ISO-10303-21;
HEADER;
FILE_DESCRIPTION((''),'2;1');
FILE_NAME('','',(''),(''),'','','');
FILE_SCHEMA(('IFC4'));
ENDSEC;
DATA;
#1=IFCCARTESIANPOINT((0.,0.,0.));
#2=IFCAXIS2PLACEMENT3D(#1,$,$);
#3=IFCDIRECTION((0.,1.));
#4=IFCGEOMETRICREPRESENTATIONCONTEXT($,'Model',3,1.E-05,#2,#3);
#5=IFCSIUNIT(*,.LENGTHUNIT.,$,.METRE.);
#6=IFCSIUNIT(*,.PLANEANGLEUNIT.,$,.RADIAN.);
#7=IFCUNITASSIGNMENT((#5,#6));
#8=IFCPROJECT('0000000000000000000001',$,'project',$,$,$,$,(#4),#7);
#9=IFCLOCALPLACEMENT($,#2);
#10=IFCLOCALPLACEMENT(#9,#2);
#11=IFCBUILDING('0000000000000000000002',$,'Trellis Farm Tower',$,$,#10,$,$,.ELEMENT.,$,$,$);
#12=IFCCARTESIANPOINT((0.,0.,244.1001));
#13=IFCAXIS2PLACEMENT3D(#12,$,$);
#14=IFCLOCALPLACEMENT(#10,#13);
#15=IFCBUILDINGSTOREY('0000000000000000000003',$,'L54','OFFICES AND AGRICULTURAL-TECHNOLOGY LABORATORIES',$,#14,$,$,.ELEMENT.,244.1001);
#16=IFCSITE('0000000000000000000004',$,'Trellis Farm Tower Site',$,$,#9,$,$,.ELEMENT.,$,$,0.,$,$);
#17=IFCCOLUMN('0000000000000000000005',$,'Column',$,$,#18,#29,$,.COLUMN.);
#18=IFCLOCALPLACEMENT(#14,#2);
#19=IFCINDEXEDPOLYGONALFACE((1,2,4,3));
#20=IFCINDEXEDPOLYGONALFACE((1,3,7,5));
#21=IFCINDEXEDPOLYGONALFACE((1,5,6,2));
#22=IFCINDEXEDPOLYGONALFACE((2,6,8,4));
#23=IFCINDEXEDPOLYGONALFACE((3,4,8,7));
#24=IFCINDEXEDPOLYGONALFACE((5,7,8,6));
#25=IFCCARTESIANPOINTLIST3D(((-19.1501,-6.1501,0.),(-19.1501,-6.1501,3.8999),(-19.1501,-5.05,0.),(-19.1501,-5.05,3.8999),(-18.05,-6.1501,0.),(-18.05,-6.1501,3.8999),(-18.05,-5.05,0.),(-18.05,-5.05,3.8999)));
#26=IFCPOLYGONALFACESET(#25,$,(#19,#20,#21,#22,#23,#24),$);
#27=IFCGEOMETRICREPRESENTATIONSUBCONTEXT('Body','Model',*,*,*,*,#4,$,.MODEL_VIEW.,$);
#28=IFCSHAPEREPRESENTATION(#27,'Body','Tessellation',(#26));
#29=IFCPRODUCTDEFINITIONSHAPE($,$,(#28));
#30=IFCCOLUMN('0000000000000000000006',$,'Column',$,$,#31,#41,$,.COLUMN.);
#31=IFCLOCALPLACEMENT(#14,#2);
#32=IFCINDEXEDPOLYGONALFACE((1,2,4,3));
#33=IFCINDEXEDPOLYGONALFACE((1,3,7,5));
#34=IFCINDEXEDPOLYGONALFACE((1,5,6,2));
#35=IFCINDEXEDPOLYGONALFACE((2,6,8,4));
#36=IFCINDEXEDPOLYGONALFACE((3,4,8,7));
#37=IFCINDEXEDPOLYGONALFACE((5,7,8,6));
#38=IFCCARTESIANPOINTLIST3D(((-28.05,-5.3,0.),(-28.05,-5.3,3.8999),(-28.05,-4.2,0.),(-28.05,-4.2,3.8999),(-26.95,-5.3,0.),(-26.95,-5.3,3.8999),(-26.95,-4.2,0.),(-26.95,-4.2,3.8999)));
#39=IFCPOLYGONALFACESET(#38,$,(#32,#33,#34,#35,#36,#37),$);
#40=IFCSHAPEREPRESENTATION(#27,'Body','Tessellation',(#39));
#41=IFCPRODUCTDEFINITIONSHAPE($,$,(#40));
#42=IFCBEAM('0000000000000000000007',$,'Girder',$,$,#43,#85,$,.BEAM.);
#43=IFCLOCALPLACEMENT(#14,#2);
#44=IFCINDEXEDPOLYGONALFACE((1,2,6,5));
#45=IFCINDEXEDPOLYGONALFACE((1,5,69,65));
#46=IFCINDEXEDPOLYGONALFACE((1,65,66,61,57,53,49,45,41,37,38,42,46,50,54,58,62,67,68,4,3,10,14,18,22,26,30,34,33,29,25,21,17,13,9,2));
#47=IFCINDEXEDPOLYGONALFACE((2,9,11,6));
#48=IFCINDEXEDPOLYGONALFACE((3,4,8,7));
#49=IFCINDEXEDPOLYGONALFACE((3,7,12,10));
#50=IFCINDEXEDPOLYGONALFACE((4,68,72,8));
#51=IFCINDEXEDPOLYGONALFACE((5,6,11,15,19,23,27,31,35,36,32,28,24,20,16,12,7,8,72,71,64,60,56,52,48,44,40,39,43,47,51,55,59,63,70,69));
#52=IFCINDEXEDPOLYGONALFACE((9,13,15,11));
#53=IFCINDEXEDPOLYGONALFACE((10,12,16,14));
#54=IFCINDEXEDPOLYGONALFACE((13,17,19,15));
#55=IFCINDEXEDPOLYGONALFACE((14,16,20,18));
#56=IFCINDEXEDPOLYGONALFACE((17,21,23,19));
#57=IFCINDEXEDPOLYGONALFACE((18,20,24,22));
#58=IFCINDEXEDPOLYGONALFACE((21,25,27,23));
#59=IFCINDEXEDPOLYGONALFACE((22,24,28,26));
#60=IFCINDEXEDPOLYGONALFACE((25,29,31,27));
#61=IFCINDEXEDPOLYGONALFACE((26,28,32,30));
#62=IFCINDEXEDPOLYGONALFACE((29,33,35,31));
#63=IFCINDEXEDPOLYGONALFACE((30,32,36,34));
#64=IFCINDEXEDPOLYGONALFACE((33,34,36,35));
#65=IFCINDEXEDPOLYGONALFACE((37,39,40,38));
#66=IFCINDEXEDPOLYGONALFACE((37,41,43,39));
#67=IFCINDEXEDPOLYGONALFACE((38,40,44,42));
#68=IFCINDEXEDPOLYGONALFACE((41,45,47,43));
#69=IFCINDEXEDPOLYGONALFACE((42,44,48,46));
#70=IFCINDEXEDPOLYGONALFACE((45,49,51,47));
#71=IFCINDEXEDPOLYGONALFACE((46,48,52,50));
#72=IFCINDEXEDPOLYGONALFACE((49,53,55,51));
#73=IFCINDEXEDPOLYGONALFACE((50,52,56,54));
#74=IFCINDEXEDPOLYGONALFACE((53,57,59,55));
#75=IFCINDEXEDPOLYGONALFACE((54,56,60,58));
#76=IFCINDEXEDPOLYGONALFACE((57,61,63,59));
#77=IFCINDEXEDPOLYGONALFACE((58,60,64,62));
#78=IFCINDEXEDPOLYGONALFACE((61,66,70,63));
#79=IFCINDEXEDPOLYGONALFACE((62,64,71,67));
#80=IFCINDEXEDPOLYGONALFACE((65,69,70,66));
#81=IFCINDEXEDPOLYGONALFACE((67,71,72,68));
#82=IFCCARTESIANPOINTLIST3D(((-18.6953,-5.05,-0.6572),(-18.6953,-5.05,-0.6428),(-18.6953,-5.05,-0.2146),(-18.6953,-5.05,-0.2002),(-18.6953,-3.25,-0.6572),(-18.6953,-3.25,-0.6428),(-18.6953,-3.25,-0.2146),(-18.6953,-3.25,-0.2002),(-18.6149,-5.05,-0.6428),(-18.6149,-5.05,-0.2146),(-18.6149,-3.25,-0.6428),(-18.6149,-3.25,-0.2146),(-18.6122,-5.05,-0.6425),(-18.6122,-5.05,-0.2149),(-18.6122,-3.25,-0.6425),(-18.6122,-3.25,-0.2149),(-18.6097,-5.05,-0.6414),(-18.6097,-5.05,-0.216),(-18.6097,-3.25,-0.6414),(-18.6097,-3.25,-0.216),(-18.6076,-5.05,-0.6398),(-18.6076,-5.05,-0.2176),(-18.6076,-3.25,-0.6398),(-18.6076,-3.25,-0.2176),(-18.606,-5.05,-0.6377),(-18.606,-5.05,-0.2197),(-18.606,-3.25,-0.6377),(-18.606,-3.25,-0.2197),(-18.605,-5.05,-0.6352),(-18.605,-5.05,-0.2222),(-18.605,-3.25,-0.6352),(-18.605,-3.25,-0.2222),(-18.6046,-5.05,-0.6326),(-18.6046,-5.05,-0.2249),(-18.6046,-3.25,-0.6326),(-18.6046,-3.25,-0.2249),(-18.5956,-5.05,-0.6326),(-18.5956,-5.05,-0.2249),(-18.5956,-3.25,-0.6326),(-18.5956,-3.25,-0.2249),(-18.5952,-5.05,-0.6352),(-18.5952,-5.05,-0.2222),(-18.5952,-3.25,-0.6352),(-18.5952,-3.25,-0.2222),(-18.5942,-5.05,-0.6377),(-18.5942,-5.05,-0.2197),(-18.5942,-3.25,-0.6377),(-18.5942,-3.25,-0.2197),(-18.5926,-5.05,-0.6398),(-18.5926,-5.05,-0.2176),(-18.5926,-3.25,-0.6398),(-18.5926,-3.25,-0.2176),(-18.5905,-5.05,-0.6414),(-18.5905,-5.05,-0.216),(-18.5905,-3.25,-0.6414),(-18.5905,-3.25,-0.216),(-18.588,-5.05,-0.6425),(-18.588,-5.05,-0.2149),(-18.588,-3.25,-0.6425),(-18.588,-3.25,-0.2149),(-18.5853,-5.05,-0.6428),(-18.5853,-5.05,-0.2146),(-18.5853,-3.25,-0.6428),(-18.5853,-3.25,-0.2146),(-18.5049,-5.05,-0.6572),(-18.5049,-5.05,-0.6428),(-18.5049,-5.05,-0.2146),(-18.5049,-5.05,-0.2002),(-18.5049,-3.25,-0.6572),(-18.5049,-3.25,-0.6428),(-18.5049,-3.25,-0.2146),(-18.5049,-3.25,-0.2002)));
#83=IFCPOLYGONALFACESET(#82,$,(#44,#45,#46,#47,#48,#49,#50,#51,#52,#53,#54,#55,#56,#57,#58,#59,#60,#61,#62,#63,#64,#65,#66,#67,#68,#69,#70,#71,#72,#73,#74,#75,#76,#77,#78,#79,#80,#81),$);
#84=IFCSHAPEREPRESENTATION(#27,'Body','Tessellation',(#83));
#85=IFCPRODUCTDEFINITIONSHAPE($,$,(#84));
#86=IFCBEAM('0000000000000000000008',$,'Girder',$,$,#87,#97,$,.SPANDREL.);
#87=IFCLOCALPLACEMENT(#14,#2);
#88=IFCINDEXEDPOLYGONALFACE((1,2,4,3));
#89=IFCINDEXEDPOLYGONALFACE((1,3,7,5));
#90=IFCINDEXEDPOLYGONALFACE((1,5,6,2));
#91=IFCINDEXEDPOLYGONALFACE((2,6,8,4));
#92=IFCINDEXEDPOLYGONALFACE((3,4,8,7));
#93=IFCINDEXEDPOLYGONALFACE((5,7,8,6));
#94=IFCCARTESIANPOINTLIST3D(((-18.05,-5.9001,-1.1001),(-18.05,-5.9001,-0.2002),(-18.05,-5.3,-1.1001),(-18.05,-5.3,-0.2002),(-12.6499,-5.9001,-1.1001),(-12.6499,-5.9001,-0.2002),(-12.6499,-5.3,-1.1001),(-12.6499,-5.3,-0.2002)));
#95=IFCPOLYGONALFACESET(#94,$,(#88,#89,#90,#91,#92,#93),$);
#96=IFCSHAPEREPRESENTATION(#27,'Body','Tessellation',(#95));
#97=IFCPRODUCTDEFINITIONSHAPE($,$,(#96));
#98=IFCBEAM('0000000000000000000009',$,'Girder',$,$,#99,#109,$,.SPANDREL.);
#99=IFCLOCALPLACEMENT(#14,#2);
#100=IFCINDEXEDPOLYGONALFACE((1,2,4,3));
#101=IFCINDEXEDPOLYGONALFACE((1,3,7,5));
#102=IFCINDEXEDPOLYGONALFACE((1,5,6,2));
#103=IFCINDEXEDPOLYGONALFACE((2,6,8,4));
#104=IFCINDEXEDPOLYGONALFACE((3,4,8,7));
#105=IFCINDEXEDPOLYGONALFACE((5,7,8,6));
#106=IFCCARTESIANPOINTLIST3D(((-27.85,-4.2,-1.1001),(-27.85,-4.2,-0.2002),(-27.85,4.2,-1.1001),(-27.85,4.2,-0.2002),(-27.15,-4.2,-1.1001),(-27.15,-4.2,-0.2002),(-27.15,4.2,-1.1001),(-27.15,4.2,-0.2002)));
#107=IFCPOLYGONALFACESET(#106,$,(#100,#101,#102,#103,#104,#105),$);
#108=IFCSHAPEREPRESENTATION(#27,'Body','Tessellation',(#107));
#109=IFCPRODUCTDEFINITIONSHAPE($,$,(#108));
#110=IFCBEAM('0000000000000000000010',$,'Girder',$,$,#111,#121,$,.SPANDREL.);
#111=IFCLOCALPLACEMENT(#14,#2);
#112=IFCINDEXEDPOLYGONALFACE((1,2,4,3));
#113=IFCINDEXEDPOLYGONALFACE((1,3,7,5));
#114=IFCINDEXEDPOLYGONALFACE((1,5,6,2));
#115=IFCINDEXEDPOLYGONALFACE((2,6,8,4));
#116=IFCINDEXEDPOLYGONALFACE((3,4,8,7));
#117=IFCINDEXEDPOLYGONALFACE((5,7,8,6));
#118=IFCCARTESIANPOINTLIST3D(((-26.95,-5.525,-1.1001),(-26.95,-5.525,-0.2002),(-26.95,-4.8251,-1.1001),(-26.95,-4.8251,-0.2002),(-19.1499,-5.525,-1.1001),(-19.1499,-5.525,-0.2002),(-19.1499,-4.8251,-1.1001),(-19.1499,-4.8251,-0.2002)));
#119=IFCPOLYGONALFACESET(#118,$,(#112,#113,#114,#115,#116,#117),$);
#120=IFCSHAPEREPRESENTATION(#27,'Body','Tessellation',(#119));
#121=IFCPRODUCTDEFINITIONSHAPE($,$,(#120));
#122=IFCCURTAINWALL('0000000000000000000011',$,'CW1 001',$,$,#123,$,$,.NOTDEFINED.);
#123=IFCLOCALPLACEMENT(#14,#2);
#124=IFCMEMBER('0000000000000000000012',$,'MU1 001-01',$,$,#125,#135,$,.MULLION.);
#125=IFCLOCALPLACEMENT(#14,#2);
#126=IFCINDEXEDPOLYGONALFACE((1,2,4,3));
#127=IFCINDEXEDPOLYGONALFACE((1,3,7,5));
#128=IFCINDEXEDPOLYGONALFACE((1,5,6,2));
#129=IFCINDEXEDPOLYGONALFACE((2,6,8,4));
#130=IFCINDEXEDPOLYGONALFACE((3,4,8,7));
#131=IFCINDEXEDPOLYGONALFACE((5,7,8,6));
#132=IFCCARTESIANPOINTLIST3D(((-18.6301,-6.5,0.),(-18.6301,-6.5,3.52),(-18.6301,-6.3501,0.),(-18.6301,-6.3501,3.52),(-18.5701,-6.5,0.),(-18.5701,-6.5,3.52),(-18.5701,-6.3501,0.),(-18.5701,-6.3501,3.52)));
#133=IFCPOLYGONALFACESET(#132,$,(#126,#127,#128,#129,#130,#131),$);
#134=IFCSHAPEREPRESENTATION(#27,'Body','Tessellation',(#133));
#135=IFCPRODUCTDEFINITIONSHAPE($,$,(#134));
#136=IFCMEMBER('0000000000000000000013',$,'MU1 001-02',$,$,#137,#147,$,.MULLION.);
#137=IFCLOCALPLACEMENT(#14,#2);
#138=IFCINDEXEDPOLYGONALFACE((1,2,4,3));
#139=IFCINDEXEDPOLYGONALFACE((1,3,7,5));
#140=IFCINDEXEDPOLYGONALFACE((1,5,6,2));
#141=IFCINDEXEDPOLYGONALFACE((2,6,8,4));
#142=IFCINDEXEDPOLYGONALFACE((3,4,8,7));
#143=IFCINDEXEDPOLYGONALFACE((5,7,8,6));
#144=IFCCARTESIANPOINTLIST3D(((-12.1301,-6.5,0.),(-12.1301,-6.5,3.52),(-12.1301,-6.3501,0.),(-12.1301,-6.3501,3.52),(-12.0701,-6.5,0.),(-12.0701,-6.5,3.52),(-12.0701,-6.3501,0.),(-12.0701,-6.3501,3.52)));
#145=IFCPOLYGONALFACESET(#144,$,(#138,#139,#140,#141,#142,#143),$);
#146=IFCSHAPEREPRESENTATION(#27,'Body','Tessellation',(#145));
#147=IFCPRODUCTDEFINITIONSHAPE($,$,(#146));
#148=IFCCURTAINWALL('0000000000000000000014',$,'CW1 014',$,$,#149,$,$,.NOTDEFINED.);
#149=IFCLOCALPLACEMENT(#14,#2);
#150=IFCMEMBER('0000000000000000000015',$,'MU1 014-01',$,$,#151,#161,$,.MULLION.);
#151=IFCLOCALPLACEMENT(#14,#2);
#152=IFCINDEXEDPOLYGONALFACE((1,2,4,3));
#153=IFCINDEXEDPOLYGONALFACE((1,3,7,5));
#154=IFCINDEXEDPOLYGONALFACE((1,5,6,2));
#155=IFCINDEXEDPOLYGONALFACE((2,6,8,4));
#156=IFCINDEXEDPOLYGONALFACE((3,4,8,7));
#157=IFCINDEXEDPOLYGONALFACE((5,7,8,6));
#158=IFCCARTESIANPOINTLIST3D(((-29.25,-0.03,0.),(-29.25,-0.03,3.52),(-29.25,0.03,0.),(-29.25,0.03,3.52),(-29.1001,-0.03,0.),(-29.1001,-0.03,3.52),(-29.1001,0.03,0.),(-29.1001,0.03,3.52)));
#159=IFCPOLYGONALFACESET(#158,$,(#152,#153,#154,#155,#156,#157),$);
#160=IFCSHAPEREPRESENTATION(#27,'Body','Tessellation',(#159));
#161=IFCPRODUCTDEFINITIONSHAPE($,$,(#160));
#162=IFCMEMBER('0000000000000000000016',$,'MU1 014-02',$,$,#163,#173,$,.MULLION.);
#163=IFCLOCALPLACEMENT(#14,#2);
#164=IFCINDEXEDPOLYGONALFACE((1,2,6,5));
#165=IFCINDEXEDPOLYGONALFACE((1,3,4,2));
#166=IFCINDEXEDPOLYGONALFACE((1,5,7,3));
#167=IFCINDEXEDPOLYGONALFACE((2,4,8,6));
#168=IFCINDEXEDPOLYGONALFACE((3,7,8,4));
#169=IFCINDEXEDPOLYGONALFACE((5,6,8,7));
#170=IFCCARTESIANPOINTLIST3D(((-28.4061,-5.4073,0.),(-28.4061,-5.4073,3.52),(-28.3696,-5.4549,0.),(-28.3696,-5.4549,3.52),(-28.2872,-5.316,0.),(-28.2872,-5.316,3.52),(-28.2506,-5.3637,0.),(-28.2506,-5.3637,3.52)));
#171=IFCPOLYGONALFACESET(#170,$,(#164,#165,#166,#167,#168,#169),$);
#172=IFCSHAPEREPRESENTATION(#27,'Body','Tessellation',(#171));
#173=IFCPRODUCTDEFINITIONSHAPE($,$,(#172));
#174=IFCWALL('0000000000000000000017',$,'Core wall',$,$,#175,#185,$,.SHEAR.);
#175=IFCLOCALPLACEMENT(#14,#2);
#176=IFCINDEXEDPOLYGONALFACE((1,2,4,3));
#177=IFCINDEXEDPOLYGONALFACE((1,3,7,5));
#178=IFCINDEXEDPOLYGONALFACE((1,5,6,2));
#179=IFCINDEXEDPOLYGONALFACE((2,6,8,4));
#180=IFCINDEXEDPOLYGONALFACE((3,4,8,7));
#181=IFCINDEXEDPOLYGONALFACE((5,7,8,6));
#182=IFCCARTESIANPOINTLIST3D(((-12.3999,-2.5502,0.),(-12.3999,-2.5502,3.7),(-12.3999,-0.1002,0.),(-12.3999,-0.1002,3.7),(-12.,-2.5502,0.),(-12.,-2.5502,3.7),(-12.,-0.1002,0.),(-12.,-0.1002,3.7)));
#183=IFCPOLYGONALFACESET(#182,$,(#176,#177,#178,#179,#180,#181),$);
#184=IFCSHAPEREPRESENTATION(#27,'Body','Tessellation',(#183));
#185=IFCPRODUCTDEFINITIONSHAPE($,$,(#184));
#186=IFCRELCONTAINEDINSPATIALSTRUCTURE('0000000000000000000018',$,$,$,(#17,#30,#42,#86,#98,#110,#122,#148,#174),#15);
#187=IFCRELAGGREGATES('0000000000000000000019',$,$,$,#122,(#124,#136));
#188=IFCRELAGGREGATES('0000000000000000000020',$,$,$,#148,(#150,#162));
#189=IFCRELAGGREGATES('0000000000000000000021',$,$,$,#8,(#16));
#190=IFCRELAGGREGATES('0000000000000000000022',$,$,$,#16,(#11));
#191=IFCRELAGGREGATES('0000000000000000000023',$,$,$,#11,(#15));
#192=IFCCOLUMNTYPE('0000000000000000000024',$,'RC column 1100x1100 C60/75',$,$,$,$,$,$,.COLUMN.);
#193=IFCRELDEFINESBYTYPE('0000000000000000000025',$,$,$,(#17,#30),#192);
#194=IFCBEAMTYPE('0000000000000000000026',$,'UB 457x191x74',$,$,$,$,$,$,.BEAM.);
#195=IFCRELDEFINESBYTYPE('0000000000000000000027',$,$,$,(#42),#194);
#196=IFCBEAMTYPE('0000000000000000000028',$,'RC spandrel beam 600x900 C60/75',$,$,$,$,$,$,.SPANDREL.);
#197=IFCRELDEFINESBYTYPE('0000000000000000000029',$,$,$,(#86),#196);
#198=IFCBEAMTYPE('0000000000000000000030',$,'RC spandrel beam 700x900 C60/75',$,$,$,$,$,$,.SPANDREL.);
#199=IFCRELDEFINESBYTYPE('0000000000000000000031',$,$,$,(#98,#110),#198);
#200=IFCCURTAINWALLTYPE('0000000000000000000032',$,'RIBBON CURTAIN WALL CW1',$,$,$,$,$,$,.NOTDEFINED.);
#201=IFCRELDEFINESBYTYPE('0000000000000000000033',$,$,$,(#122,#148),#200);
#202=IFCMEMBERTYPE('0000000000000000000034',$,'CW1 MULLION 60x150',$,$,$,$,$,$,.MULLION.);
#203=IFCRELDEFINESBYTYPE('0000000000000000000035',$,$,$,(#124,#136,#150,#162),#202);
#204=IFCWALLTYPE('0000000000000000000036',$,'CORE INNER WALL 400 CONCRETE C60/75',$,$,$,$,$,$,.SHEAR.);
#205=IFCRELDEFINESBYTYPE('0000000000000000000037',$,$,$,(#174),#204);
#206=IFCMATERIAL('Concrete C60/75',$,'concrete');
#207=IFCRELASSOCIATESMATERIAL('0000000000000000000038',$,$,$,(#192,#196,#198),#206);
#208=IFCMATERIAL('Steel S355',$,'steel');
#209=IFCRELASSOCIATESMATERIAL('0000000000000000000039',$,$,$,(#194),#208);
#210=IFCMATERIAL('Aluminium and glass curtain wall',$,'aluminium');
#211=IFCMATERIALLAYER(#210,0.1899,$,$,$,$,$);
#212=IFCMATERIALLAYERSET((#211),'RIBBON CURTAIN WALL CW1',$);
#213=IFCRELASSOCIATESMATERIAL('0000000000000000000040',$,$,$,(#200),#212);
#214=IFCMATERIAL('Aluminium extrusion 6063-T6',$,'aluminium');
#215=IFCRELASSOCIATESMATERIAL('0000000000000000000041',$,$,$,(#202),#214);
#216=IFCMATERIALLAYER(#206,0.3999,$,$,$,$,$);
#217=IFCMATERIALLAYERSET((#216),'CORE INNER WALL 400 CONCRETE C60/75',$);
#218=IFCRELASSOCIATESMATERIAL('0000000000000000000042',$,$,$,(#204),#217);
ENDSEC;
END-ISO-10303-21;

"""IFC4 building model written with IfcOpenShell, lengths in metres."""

from ifc_helpers import new_model, si_unit, direction, frame, frame_2d, origin, origin_2d, place, context, subcontext, project, spatial, rectangle, i_section, extrude, source, transform, mapped, material, layer, layer_set, material_profile, profile_set, type_object, element, aggregate, save


model = new_model("IFC4")

# Units and contexts
model_context = context("Model", 3, precision=1e-05, world=origin(), true_north=direction((0.0, 1.0)))
body_context = subcontext(model_context, "Body", "Model", "MODEL_VIEW")
ifc_project = project(units=[si_unit("LENGTHUNIT", "METRE"), si_unit("PLANEANGLEUNIT", "RADIAN")], contexts=[model_context])

# Site, building, storey
site_placement = place(None, origin())
site = spatial("IfcSite", under=ifc_project, at=site_placement, Name="Trellis Farm Tower Site", CompositionType="ELEMENT", RefElevation=0.0)
building_placement = place(site_placement, origin())
building = spatial("IfcBuilding", under=site, at=building_placement, Name="Trellis Farm Tower", CompositionType="ELEMENT")
storey_placement = place(building_placement, frame((0.0, 0.0, 244.1001)))
storey = spatial("IfcBuildingStorey", under=building, at=storey_placement, Name="L54", Description="OFFICES AND AGRICULTURAL-TECHNOLOGY LABORATORIES", CompositionType="ELEMENT", Elevation=244.1001)

# Columns
ifc_material_1 = material(Name="Concrete C60/75", Category="concrete")
ifc_material_profile_1 = material_profile(ifc_material_1, rectangle(XDim=1.1001, YDim=1.1001, at=origin_2d()), Name="RC column 1100x1100 C60/75")
ifc_profile_set_1 = profile_set([ifc_material_profile_1], Name="Concrete C60/75")
column_type = type_object("IfcColumnType", Name="RC column 1100x1100 C60/75", PredefinedType="COLUMN", material=ifc_profile_set_1)
shared_shape_1 = source(origin(), body_context, "Body", "SweptSolid", [
    extrude(rectangle(XDim=1.1001, YDim=1.1001, at=origin_2d()), origin(), (0.0, 0.0, 1.0), 3.8999),
])
for number, where, z_axis, x_axis, name in (
    (1, (-18.6001, -5.6001, 0.0), (0.0, 0.0, 1.0), (1.0, 0.0, 0.0), "Column"),
    (2, (-27.5, -4.75, 0.0), (0.0, 0.0, 1.0), (1.0, 0.0, 0.0), "Column"),
):
    element("IfcColumn", number, at=place(storey_placement, frame(where, z_axis=z_axis, x_axis=x_axis)), inside=storey, type_object=column_type, Name=name, PredefinedType="COLUMN", context=body_context, shape_type="MappedRepresentation", body=[
        mapped(shared_shape_1, transform((0.0, 0.0, 0.0))),
    ])

# Beams
ifc_material_2 = material(Name="Steel S355", Category="steel")
ifc_material_profile_2 = material_profile(ifc_material_2, i_section(OverallWidth=0.1904, OverallDepth=0.457, WebThickness=0.009, FlangeThickness=0.0144, FilletRadius=0.0103, at=origin_2d()), Name="UB 457x191x74")
ifc_profile_set_2 = profile_set([ifc_material_profile_2], Name="Steel S355")
beam_type_1 = type_object("IfcBeamType", Name="UB 457x191x74", PredefinedType="BEAM", material=ifc_profile_set_2)
shared_shape_2 = source(origin(), body_context, "Body", "SweptSolid", [
    extrude(i_section(OverallWidth=0.1904, OverallDepth=0.457, WebThickness=0.009, FlangeThickness=0.0144, FilletRadius=0.0103, at=origin_2d()), origin(), (0.0, 0.0, 1.0), 1.8),
])
beam_1_placement = place(storey_placement, frame((-18.6001, -5.05, -0.4287), z_axis=(0.0, 1.0, 0.0), x_axis=(-1.0, 0.0, 0.0)))
element("IfcBeam", 3, at=beam_1_placement, inside=storey, type_object=beam_type_1, Name="Girder", PredefinedType="BEAM", context=body_context, shape_type="MappedRepresentation", body=[
    mapped(shared_shape_2, transform((0.0, 0.0, 0.0))),
])
ifc_material_profile_3 = material_profile(ifc_material_1, rectangle(XDim=0.6001, YDim=0.8999, at=origin_2d()), Name="RC spandrel beam 600x900 C60/75")
ifc_profile_set_3 = profile_set([ifc_material_profile_3], Name="Concrete C60/75")
beam_type_2 = type_object("IfcBeamType", Name="RC spandrel beam 600x900 C60/75", PredefinedType="SPANDREL", material=ifc_profile_set_3)
shared_shape_3 = source(origin(), body_context, "Body", "SweptSolid", [
    extrude(rectangle(XDim=0.6001, YDim=0.8999, at=origin_2d()), origin(), (0.0, 0.0, 1.0), 5.4001),
])
beam_2_placement = place(storey_placement, frame((-18.05, -5.6001, -0.6501), z_axis=(1.0, 0.0, 0.0), x_axis=(0.0, 1.0, 0.0)))
element("IfcBeam", 4, at=beam_2_placement, inside=storey, type_object=beam_type_2, Name="Girder", PredefinedType="SPANDREL", context=body_context, shape_type="MappedRepresentation", body=[
    mapped(shared_shape_3, transform((0.0, 0.0, 0.0))),
])
ifc_material_profile_4 = material_profile(ifc_material_1, rectangle(XDim=0.7, YDim=0.8999, at=origin_2d()), Name="RC spandrel beam 700x900 C60/75")
ifc_profile_set_4 = profile_set([ifc_material_profile_4], Name="Concrete C60/75")
beam_type_3 = type_object("IfcBeamType", Name="RC spandrel beam 700x900 C60/75", PredefinedType="SPANDREL", material=ifc_profile_set_4)
shared_shape_4 = source(origin(), body_context, "Body", "SweptSolid", [
    extrude(rectangle(XDim=0.7, YDim=0.8999, at=origin_2d()), origin(), (0.0, 0.0, 1.0), 8.3999),
])
beam_3_placement = place(storey_placement, frame((-27.5, -4.2, -0.6501), z_axis=(0.0, 1.0, 0.0), x_axis=(-1.0, 0.0, 0.0)))
element("IfcBeam", 5, at=beam_3_placement, inside=storey, type_object=beam_type_3, Name="Girder", PredefinedType="SPANDREL", context=body_context, shape_type="MappedRepresentation", body=[
    mapped(shared_shape_4, transform((0.0, 0.0, 0.0))),
])
shared_shape_5 = source(origin(), body_context, "Body", "SweptSolid", [
    extrude(rectangle(XDim=0.7, YDim=0.8999, at=origin_2d()), origin(), (0.0, 0.0, 1.0), 7.8),
])
beam_4_placement = place(storey_placement, frame((-26.95, -5.175, -0.6501), z_axis=(1.0, 0.0, 0.0), x_axis=(0.0, 1.0, 0.0)))
element("IfcBeam", 6, at=beam_4_placement, inside=storey, type_object=beam_type_3, Name="Girder", PredefinedType="SPANDREL", context=body_context, shape_type="MappedRepresentation", body=[
    mapped(shared_shape_5, transform((0.0, 0.0, 0.0))),
])

# Curtain walls, members
ifc_material_3 = material(Name="Aluminium and glass curtain wall", Category="aluminium")
ifc_layer_1 = layer(ifc_material_3, 0.1899)
ifc_layer_set_1 = layer_set([ifc_layer_1], Name="RIBBON CURTAIN WALL CW1")
curtain_wall_type = type_object("IfcCurtainWallType", Name="RIBBON CURTAIN WALL CW1", PredefinedType="NOTDEFINED", material=ifc_layer_set_1)
placement = place(storey_placement, origin())
curtain_wall_1 = element("IfcCurtainWall", 7, at=placement, inside=storey, type_object=curtain_wall_type, Name="CW1 001", PredefinedType="NOTDEFINED")
ifc_material_4 = material(Name="Aluminium extrusion 6063-T6", Category="aluminium")
ifc_material_profile_5 = material_profile(ifc_material_4, rectangle(XDim=0.0601, YDim=0.1499, at=origin_2d()), Name="MULLION 60x150")
ifc_profile_set_5 = profile_set([ifc_material_profile_5], Name="Aluminium extrusion 6063-T6")
member_type = type_object("IfcMemberType", Name="CW1 MULLION 60x150", PredefinedType="MULLION", material=ifc_profile_set_5)
shared_shape_6 = source(origin(), body_context, "Body", "SweptSolid", [
    extrude(rectangle(XDim=0.0601, YDim=0.1499, at=origin_2d()), origin(), (0.0, 0.0, 1.0), 3.52),
])
member_1_placement = place(storey_placement, frame((-18.6001, -6.425, 0.0), z_axis=(0.0, 0.0, 1.0), x_axis=(1.0, 0.0, 0.0)))
member_1 = element("IfcMember", 8, at=member_1_placement, type_object=member_type, Name="MU1 001-01", PredefinedType="MULLION", context=body_context, shape_type="MappedRepresentation", body=[
    mapped(shared_shape_6, transform((0.0, 0.0, 0.0))),
])
member_2_placement = place(storey_placement, frame((-12.1001, -6.425, 0.0), z_axis=(0.0, 0.0, 1.0), x_axis=(1.0, 0.0, 0.0)))
member_2 = element("IfcMember", 9, at=member_2_placement, type_object=member_type, Name="MU1 001-02", PredefinedType="MULLION", context=body_context, shape_type="MappedRepresentation", body=[
    mapped(shared_shape_6, transform((0.0, 0.0, 0.0))),
])
aggregate(curtain_wall_1, [member_1, member_2])
curtain_wall_2 = element("IfcCurtainWall", 10, at=placement, inside=storey, type_object=curtain_wall_type, Name="CW1 014", PredefinedType="NOTDEFINED")
member_3_placement = place(storey_placement, frame((-29.175, 0.0, 0.0), z_axis=(0.0, 0.0, 1.0), x_axis=(0.0, -1.0, 0.0)))
member_3 = element("IfcMember", 11, at=member_3_placement, type_object=member_type, Name="MU1 014-01", PredefinedType="MULLION", context=body_context, shape_type="MappedRepresentation", body=[
    mapped(shared_shape_6, transform((0.0, 0.0, 0.0))),
])
member_4_placement = place(storey_placement, frame((-28.3284, -5.3855, 0.0), z_axis=(0.0, 0.0, 1.0), x_axis=(0.608761, -0.793353, 0.0)))
member_4 = element("IfcMember", 12, at=member_4_placement, type_object=member_type, Name="MU1 014-02", PredefinedType="MULLION", context=body_context, shape_type="MappedRepresentation", body=[
    mapped(shared_shape_6, transform((0.0, 0.0, 0.0))),
])
aggregate(curtain_wall_2, [member_3, member_4])

# Wall
ifc_layer_2 = layer(ifc_material_1, 0.3999)
ifc_layer_set_2 = layer_set([ifc_layer_2], Name="CORE INNER WALL 400 CONCRETE C60/75")
wall_type_1 = type_object("IfcWallType", Name="CORE INNER WALL 400 CONCRETE C60/75", PredefinedType="SHEAR", material=ifc_layer_set_2)
shared_shape_7 = source(origin(), body_context, "Body", "SweptSolid", [
    extrude(rectangle(XDim=2.45, YDim=0.3999, at=frame_2d((1.2251, 0.0))), origin(), (0.0, 0.0, 1.0), 3.7),
])
for number, where, z_axis, x_axis, name in (
    (13, (-12.2, -0.1001, 0.0), (0.0, 0.0, 1.0), (0.0, -1.0, 0.0), "Core wall"),
):
    element("IfcWall", number, at=place(storey_placement, frame(where, z_axis=z_axis, x_axis=x_axis)), inside=storey, type_object=wall_type_1, Name=name, PredefinedType="SHEAR", context=body_context, shape_type="MappedRepresentation", body=[
        mapped(shared_shape_7, transform((0.0, 0.0, 0.0))),
    ])

save(model, "model.ifc")
